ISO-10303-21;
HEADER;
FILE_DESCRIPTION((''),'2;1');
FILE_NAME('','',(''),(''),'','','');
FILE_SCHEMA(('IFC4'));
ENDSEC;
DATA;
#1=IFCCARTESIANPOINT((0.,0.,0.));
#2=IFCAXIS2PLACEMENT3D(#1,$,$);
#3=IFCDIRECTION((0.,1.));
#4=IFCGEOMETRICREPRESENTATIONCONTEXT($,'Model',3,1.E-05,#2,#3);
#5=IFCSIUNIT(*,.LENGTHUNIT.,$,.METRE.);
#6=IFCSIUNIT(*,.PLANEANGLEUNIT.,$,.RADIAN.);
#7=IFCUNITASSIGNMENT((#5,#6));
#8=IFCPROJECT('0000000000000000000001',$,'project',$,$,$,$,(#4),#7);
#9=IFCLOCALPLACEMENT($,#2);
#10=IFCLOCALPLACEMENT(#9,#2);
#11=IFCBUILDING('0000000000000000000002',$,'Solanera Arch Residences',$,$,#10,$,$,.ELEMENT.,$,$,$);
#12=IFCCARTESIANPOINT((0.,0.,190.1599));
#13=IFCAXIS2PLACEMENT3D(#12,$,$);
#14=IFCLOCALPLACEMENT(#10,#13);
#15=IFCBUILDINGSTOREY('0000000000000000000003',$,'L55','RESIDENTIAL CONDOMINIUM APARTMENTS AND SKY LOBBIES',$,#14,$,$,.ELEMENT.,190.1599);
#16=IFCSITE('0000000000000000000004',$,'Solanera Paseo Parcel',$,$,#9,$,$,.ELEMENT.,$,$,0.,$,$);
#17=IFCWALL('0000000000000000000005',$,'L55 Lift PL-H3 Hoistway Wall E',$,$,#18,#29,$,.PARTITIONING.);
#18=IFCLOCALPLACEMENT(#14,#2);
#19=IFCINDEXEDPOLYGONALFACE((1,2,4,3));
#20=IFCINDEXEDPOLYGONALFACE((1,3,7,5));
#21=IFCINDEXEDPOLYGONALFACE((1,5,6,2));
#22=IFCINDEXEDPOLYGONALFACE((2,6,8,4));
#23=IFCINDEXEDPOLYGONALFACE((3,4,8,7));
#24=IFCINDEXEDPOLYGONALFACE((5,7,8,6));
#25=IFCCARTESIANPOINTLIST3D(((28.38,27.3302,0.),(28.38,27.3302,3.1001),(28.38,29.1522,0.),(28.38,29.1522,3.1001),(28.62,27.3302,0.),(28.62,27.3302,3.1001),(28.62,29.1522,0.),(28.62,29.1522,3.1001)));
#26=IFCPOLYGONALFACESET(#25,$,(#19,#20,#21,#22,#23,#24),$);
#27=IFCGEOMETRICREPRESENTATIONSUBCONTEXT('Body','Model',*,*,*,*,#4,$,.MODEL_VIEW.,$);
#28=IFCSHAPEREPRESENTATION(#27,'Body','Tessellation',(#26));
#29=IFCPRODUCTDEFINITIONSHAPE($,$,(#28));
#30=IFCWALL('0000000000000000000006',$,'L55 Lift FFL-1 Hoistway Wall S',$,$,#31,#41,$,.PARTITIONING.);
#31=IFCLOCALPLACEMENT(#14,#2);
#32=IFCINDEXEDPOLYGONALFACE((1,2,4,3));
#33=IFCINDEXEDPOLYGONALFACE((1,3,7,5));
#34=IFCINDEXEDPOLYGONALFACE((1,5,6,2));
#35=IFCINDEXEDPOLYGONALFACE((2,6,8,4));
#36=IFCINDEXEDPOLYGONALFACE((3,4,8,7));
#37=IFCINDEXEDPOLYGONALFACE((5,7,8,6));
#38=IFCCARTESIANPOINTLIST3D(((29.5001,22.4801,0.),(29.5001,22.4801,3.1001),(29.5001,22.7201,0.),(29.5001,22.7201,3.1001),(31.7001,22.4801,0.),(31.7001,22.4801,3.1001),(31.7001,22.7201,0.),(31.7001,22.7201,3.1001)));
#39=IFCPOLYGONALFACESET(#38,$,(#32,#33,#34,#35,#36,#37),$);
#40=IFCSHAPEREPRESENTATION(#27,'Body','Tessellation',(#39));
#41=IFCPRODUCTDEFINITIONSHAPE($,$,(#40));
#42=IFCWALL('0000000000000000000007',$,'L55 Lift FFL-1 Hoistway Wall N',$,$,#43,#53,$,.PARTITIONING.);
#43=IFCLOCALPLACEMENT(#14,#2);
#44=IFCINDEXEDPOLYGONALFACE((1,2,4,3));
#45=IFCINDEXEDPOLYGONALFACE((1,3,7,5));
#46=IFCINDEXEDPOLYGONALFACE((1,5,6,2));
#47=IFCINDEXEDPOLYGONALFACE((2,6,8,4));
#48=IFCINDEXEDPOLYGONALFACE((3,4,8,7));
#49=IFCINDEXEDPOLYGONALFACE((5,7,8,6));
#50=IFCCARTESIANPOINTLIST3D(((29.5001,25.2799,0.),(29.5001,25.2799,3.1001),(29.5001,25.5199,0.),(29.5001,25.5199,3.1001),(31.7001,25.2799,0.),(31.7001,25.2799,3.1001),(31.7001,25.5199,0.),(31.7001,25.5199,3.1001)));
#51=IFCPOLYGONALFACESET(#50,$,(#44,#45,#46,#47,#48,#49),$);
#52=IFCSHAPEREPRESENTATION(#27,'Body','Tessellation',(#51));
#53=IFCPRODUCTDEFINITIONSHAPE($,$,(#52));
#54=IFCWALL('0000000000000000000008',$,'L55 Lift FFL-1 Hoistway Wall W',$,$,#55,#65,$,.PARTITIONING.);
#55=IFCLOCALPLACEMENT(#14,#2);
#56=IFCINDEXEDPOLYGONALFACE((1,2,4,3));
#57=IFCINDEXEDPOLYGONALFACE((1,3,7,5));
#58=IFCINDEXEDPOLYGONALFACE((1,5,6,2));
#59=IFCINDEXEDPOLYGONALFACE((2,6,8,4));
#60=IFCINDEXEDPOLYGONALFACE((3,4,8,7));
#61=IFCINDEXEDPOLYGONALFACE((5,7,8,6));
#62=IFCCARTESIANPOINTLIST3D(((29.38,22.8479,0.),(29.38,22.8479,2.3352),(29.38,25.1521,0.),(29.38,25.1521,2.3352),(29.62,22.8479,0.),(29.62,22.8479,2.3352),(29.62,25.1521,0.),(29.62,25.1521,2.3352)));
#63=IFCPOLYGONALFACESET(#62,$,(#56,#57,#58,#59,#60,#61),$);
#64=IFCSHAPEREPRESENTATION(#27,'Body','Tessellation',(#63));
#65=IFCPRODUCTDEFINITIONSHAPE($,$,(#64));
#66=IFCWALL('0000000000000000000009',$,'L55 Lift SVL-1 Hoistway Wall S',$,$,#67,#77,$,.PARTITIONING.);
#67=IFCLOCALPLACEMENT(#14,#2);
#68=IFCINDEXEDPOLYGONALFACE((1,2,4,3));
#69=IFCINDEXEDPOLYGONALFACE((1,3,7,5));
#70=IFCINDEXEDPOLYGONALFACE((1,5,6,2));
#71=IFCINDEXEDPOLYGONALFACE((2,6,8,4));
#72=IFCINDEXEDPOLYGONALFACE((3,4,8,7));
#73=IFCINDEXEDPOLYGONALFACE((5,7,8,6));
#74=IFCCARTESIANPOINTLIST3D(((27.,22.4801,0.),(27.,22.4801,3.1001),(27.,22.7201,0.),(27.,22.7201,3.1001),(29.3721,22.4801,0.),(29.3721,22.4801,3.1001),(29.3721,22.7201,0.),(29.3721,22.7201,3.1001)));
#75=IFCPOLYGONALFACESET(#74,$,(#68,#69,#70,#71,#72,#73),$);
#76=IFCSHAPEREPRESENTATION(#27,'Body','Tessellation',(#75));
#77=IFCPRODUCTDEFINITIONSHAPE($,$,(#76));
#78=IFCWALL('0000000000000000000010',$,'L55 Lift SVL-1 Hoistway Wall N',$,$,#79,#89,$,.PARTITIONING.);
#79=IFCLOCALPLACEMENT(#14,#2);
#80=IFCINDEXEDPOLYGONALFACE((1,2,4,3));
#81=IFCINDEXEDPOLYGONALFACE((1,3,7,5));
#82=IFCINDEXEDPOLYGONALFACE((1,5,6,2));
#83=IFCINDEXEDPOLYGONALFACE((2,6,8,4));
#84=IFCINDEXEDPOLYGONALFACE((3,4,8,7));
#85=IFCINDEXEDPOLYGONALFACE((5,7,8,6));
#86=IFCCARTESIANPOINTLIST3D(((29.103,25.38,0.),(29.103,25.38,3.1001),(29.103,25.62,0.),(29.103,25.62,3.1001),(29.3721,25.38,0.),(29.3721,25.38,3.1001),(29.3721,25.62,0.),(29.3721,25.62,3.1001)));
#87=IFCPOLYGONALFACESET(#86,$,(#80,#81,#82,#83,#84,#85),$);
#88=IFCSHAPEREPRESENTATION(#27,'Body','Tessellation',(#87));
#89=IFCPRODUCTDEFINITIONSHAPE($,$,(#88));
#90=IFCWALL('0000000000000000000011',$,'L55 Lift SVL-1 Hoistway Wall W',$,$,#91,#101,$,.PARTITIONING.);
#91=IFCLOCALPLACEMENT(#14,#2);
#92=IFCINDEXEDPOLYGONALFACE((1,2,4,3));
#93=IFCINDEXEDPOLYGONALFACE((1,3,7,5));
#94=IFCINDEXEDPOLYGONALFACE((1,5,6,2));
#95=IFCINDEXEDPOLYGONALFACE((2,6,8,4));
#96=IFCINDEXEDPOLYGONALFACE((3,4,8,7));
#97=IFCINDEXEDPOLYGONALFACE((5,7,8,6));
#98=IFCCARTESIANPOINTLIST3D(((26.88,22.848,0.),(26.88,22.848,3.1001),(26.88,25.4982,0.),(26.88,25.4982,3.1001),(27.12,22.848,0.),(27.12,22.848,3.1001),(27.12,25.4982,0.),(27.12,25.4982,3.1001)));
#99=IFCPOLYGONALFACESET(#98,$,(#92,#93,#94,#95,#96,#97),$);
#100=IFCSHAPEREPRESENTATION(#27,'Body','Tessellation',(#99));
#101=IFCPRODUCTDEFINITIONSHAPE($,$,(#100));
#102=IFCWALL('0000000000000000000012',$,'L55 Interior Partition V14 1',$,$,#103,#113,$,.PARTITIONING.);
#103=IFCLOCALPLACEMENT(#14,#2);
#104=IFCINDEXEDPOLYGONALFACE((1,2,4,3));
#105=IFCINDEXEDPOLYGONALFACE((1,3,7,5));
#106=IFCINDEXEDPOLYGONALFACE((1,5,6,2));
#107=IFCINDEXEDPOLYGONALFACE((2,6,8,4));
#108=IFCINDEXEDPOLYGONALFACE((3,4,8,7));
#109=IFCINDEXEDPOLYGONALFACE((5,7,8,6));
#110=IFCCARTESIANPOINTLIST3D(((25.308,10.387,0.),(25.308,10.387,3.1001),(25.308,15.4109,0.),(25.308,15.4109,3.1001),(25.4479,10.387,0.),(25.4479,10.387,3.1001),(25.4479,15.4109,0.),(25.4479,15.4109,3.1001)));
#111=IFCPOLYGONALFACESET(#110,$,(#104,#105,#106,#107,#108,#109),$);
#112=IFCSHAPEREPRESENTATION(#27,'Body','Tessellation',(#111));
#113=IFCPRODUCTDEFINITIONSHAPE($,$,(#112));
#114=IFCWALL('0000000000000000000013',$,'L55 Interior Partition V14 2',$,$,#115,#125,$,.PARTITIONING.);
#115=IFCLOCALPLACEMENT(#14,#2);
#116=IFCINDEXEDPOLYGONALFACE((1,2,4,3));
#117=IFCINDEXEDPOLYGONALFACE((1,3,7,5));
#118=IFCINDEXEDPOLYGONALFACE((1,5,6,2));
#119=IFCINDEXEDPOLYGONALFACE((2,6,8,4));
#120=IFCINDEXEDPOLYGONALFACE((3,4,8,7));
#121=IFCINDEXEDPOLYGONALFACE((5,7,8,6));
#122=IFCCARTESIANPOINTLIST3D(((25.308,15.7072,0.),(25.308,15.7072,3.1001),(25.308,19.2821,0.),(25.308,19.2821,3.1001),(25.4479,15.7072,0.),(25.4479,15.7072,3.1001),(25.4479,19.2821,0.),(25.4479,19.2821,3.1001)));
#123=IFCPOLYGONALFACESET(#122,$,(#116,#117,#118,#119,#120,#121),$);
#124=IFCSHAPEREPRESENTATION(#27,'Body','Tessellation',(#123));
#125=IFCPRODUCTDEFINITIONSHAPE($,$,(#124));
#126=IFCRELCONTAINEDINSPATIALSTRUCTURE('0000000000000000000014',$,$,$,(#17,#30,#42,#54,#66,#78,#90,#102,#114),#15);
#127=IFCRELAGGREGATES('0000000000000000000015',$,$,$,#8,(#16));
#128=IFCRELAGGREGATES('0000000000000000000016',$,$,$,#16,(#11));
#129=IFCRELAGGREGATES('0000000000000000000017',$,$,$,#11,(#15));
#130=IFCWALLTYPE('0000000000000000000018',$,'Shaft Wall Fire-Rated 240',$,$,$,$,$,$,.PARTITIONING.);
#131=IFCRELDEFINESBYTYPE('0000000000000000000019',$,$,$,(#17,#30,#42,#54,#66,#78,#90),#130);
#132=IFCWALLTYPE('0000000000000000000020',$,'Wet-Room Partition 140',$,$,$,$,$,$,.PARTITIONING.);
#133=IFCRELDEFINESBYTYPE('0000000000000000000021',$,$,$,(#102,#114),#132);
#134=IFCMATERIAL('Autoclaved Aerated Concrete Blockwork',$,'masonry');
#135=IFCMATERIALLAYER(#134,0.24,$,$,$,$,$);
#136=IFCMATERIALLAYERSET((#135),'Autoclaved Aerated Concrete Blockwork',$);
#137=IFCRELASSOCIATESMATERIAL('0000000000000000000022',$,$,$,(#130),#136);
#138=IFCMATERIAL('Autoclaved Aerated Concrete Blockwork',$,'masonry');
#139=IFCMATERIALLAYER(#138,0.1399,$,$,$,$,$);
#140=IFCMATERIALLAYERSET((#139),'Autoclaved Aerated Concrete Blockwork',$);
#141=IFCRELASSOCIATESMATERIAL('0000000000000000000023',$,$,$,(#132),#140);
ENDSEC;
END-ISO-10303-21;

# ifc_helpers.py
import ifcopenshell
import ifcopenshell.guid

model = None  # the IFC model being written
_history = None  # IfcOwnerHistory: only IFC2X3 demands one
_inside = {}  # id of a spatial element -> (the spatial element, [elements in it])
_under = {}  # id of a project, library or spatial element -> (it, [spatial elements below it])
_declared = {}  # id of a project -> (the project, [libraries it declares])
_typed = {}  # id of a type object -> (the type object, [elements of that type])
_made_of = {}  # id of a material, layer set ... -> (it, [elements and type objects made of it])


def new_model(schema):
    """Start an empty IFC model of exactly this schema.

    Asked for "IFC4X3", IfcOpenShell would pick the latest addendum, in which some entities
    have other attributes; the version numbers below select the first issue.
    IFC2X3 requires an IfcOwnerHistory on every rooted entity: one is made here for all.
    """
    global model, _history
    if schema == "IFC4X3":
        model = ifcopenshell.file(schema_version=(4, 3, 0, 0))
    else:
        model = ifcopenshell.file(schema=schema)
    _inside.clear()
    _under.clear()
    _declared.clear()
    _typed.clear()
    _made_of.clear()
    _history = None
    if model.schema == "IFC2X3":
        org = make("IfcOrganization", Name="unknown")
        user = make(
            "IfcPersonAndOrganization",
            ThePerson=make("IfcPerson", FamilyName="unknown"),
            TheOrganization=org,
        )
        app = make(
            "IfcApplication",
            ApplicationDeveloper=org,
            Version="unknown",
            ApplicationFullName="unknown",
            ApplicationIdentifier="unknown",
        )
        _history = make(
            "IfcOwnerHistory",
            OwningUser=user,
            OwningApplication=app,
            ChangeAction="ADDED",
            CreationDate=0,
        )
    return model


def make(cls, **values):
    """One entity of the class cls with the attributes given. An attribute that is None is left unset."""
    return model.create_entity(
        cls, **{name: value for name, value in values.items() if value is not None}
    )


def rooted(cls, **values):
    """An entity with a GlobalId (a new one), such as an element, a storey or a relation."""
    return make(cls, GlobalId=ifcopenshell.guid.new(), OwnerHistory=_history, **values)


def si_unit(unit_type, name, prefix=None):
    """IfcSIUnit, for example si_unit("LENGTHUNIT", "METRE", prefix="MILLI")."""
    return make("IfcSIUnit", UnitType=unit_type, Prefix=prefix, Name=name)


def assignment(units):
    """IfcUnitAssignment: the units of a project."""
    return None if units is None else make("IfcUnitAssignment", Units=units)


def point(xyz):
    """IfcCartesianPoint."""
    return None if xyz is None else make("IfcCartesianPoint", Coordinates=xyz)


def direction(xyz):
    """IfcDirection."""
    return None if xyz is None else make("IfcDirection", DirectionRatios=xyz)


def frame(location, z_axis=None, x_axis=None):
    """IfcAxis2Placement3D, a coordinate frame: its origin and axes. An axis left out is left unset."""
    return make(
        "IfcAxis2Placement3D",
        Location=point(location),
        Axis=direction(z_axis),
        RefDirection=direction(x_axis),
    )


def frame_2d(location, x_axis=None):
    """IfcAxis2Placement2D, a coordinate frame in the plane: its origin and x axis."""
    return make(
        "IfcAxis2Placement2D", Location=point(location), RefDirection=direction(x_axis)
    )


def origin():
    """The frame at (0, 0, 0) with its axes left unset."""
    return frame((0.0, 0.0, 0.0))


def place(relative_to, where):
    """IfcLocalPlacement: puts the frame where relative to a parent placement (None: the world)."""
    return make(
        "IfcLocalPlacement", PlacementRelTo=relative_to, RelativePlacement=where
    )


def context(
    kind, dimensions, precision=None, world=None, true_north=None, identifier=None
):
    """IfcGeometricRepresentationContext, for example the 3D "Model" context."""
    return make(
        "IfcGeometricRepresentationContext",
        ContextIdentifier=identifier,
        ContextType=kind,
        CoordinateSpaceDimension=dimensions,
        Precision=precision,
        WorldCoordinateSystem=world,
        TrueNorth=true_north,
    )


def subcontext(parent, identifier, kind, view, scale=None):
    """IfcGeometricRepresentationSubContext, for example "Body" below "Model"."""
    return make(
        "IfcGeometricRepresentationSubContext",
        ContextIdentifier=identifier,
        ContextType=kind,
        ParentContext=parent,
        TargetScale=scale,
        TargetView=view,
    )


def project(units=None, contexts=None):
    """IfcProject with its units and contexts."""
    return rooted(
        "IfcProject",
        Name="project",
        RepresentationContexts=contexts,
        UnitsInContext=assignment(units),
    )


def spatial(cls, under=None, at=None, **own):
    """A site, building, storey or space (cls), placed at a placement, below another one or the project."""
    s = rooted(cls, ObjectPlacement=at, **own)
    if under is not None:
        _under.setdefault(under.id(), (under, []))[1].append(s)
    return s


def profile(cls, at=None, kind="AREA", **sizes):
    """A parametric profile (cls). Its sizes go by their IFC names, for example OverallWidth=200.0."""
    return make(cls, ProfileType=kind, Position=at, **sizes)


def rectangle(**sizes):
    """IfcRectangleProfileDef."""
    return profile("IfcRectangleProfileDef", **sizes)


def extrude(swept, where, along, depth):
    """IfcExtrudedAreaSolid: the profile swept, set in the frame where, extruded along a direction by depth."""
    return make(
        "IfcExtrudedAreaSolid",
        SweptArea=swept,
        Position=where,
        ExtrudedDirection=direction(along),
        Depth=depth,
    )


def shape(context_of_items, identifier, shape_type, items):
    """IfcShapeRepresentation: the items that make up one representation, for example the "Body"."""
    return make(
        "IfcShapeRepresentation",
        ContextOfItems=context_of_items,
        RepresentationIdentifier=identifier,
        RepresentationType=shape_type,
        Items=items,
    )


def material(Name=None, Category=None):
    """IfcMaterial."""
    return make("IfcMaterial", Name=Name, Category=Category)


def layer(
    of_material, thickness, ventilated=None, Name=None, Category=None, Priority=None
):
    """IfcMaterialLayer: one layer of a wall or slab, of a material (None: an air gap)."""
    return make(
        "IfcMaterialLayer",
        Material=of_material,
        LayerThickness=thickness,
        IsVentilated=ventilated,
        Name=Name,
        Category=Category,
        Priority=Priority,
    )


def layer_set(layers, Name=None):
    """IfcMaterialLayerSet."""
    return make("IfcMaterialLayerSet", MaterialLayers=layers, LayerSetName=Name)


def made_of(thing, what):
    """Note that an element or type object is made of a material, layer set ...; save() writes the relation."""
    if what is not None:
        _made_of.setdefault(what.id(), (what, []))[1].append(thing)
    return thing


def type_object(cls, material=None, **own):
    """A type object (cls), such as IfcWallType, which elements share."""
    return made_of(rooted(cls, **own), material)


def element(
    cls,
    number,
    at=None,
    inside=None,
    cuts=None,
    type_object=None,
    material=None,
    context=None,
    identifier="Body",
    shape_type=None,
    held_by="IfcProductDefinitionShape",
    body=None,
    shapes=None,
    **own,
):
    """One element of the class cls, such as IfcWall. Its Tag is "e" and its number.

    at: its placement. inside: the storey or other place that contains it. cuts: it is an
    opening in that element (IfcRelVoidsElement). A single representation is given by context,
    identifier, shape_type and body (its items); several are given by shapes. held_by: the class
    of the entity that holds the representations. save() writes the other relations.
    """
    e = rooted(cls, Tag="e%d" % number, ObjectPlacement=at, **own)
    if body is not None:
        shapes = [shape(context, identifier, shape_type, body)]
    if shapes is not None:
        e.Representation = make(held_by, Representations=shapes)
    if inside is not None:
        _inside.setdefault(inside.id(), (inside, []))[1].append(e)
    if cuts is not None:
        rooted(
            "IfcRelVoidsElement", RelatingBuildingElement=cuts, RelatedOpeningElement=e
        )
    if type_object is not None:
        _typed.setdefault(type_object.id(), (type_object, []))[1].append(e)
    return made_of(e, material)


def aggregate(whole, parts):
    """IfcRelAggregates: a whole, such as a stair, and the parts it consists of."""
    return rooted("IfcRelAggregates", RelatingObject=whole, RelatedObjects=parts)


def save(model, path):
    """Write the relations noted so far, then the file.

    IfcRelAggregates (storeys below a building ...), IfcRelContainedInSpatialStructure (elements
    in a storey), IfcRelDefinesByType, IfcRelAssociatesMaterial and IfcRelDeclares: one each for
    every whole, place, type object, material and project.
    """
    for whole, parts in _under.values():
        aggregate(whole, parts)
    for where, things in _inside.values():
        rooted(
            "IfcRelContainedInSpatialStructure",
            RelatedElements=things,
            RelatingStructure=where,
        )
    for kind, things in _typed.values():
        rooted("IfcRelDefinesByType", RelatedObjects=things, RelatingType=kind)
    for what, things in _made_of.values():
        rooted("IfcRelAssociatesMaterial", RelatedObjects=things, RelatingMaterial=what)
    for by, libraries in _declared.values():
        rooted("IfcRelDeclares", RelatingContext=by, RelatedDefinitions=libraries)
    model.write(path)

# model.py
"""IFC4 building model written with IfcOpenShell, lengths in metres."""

from ifc_helpers import new_model, si_unit, direction, frame, frame_2d, origin, place, context, subcontext, project, spatial, rectangle, extrude, material, layer, layer_set, type_object, element, save


model = new_model("IFC4")

# Units and contexts
model_context = context("Model", 3, precision=1e-05, world=origin(), true_north=direction((0.0, 1.0)))
body_context = subcontext(model_context, "Body", "Model", "MODEL_VIEW")
ifc_project = project(units=[si_unit("LENGTHUNIT", "METRE"), si_unit("PLANEANGLEUNIT", "RADIAN")], contexts=[model_context])

# Site, building, storey
site_placement = place(None, origin())
site = spatial("IfcSite", under=ifc_project, at=site_placement, Name="Solanera Paseo Parcel", CompositionType="ELEMENT", RefElevation=0.0)
building_placement = place(site_placement, origin())
building = spatial("IfcBuilding", under=site, at=building_placement, Name="Solanera Arch Residences", CompositionType="ELEMENT")
storey_placement = place(building_placement, frame((0.0, 0.0, 190.1599)))
storey = spatial("IfcBuildingStorey", under=building, at=storey_placement, Name="L55", Description="RESIDENTIAL CONDOMINIUM APARTMENTS AND SKY LOBBIES", CompositionType="ELEMENT", Elevation=190.1599)

# Walls
ifc_material_1 = material(Name="Autoclaved Aerated Concrete Blockwork", Category="masonry")
ifc_layer_1 = layer(ifc_material_1, 0.24)
ifc_layer_set_1 = layer_set([ifc_layer_1], Name="Autoclaved Aerated Concrete Blockwork")
wall_type_1 = type_object("IfcWallType", Name="Shaft Wall Fire-Rated 240", PredefinedType="PARTITIONING", material=ifc_layer_set_1)
wall_1_placement = place(storey_placement, frame((28.5, 27.3301, 0.0), z_axis=(0.0, 0.0, 1.0), x_axis=(0.0, 1.0, 0.0)))
element("IfcWall", 1, at=wall_1_placement, inside=storey, type_object=wall_type_1, Name="L55 Lift PL-H3 Hoistway Wall E", PredefinedType="PARTITIONING", context=body_context, shape_type="SweptSolid", body=[
    extrude(rectangle(XDim=1.822, YDim=0.24, at=frame_2d((0.9111, 0.0))), origin(), (0.0, 0.0, 1.0), 3.1001),
])
for number, where, z_axis, x_axis, name in (
    (2, (29.5, 22.6001, 0.0), (0.0, 0.0, 1.0), (1.0, 0.0, 0.0), "L55 Lift FFL-1 Hoistway Wall S"),
    (3, (29.5, 25.3999, 0.0), (0.0, 0.0, 1.0), (1.0, 0.0, 0.0), "L55 Lift FFL-1 Hoistway Wall N"),
):
    element("IfcWall", number, at=place(storey_placement, frame(where, z_axis=z_axis, x_axis=x_axis)), inside=storey, type_object=wall_type_1, Name=name, PredefinedType="PARTITIONING", context=body_context, shape_type="SweptSolid", body=[
        extrude(rectangle(XDim=2.2, YDim=0.24, at=frame_2d((1.1001, 0.0))), origin(), (0.0, 0.0, 1.0), 3.1001),
    ])
wall_2_placement = place(storey_placement, frame((29.5, 22.8479, 0.0), z_axis=(0.0, 0.0, 1.0), x_axis=(0.0, 1.0, 0.0)))
element("IfcWall", 4, at=wall_2_placement, inside=storey, type_object=wall_type_1, Name="L55 Lift FFL-1 Hoistway Wall W", PredefinedType="PARTITIONING", context=body_context, shape_type="SweptSolid", body=[
    extrude(rectangle(XDim=2.3042, YDim=0.24, at=frame_2d((1.1521, 0.0))), origin(), (0.0, 0.0, 1.0), 2.3352),
])
wall_3_placement = place(storey_placement, frame((27.0, 22.6001, 0.0), z_axis=(0.0, 0.0, 1.0), x_axis=(1.0, 0.0, 0.0)))
element("IfcWall", 5, at=wall_3_placement, inside=storey, type_object=wall_type_1, Name="L55 Lift SVL-1 Hoistway Wall S", PredefinedType="PARTITIONING", context=body_context, shape_type="SweptSolid", body=[
    extrude(rectangle(XDim=2.3721, YDim=0.24, at=frame_2d((1.186, 0.0))), origin(), (0.0, 0.0, 1.0), 3.1001),
])
wall_4_placement = place(storey_placement, frame((29.103, 25.5, 0.0), z_axis=(0.0, 0.0, 1.0), x_axis=(1.0, 0.0, 0.0)))
element("IfcWall", 6, at=wall_4_placement, inside=storey, type_object=wall_type_1, Name="L55 Lift SVL-1 Hoistway Wall N", PredefinedType="PARTITIONING", context=body_context, shape_type="SweptSolid", body=[
    extrude(rectangle(XDim=0.269, YDim=0.24, at=frame_2d((0.1345, 0.0))), origin(), (0.0, 0.0, 1.0), 3.1001),
])
wall_5_placement = place(storey_placement, frame((27.0, 22.8479, 0.0), z_axis=(0.0, 0.0, 1.0), x_axis=(0.0, 1.0, 0.0)))
element("IfcWall", 7, at=wall_5_placement, inside=storey, type_object=wall_type_1, Name="L55 Lift SVL-1 Hoistway Wall W", PredefinedType="PARTITIONING", context=body_context, shape_type="SweptSolid", body=[
    extrude(rectangle(XDim=2.6501, YDim=0.24, at=frame_2d((1.3252, 0.0))), origin(), (0.0, 0.0, 1.0), 3.1001),
])
ifc_material_2 = material(Name="Autoclaved Aerated Concrete Blockwork", Category="masonry")
ifc_layer_2 = layer(ifc_material_2, 0.1399)
ifc_layer_set_2 = layer_set([ifc_layer_2], Name="Autoclaved Aerated Concrete Blockwork")
wall_type_2 = type_object("IfcWallType", Name="Wet-Room Partition 140", PredefinedType="PARTITIONING", material=ifc_layer_set_2)
wall_6_placement = place(storey_placement, frame((25.3779, 10.387, 0.0), z_axis=(0.0, 0.0, 1.0), x_axis=(0.0, 1.0, 0.0)))
element("IfcWall", 8, at=wall_6_placement, inside=storey, type_object=wall_type_2, Name="L55 Interior Partition V14 1", PredefinedType="PARTITIONING", context=body_context, shape_type="SweptSolid", body=[
    extrude(rectangle(XDim=5.0239, YDim=0.1399, at=frame_2d((2.512, 0.0))), origin(), (0.0, 0.0, 1.0), 3.1001),
])
wall_7_placement = place(storey_placement, frame((25.3779, 15.707, 0.0), z_axis=(0.0, 0.0, 1.0), x_axis=(0.0, 1.0, 0.0)))
element("IfcWall", 9, at=wall_7_placement, inside=storey, type_object=wall_type_2, Name="L55 Interior Partition V14 2", PredefinedType="PARTITIONING", context=body_context, shape_type="SweptSolid", body=[
    extrude(rectangle(XDim=3.575, YDim=0.1399, at=frame_2d((1.7876, 0.0))), origin(), (0.0, 0.0, 1.0), 3.1001),
])

save(model, "model.ifc")
